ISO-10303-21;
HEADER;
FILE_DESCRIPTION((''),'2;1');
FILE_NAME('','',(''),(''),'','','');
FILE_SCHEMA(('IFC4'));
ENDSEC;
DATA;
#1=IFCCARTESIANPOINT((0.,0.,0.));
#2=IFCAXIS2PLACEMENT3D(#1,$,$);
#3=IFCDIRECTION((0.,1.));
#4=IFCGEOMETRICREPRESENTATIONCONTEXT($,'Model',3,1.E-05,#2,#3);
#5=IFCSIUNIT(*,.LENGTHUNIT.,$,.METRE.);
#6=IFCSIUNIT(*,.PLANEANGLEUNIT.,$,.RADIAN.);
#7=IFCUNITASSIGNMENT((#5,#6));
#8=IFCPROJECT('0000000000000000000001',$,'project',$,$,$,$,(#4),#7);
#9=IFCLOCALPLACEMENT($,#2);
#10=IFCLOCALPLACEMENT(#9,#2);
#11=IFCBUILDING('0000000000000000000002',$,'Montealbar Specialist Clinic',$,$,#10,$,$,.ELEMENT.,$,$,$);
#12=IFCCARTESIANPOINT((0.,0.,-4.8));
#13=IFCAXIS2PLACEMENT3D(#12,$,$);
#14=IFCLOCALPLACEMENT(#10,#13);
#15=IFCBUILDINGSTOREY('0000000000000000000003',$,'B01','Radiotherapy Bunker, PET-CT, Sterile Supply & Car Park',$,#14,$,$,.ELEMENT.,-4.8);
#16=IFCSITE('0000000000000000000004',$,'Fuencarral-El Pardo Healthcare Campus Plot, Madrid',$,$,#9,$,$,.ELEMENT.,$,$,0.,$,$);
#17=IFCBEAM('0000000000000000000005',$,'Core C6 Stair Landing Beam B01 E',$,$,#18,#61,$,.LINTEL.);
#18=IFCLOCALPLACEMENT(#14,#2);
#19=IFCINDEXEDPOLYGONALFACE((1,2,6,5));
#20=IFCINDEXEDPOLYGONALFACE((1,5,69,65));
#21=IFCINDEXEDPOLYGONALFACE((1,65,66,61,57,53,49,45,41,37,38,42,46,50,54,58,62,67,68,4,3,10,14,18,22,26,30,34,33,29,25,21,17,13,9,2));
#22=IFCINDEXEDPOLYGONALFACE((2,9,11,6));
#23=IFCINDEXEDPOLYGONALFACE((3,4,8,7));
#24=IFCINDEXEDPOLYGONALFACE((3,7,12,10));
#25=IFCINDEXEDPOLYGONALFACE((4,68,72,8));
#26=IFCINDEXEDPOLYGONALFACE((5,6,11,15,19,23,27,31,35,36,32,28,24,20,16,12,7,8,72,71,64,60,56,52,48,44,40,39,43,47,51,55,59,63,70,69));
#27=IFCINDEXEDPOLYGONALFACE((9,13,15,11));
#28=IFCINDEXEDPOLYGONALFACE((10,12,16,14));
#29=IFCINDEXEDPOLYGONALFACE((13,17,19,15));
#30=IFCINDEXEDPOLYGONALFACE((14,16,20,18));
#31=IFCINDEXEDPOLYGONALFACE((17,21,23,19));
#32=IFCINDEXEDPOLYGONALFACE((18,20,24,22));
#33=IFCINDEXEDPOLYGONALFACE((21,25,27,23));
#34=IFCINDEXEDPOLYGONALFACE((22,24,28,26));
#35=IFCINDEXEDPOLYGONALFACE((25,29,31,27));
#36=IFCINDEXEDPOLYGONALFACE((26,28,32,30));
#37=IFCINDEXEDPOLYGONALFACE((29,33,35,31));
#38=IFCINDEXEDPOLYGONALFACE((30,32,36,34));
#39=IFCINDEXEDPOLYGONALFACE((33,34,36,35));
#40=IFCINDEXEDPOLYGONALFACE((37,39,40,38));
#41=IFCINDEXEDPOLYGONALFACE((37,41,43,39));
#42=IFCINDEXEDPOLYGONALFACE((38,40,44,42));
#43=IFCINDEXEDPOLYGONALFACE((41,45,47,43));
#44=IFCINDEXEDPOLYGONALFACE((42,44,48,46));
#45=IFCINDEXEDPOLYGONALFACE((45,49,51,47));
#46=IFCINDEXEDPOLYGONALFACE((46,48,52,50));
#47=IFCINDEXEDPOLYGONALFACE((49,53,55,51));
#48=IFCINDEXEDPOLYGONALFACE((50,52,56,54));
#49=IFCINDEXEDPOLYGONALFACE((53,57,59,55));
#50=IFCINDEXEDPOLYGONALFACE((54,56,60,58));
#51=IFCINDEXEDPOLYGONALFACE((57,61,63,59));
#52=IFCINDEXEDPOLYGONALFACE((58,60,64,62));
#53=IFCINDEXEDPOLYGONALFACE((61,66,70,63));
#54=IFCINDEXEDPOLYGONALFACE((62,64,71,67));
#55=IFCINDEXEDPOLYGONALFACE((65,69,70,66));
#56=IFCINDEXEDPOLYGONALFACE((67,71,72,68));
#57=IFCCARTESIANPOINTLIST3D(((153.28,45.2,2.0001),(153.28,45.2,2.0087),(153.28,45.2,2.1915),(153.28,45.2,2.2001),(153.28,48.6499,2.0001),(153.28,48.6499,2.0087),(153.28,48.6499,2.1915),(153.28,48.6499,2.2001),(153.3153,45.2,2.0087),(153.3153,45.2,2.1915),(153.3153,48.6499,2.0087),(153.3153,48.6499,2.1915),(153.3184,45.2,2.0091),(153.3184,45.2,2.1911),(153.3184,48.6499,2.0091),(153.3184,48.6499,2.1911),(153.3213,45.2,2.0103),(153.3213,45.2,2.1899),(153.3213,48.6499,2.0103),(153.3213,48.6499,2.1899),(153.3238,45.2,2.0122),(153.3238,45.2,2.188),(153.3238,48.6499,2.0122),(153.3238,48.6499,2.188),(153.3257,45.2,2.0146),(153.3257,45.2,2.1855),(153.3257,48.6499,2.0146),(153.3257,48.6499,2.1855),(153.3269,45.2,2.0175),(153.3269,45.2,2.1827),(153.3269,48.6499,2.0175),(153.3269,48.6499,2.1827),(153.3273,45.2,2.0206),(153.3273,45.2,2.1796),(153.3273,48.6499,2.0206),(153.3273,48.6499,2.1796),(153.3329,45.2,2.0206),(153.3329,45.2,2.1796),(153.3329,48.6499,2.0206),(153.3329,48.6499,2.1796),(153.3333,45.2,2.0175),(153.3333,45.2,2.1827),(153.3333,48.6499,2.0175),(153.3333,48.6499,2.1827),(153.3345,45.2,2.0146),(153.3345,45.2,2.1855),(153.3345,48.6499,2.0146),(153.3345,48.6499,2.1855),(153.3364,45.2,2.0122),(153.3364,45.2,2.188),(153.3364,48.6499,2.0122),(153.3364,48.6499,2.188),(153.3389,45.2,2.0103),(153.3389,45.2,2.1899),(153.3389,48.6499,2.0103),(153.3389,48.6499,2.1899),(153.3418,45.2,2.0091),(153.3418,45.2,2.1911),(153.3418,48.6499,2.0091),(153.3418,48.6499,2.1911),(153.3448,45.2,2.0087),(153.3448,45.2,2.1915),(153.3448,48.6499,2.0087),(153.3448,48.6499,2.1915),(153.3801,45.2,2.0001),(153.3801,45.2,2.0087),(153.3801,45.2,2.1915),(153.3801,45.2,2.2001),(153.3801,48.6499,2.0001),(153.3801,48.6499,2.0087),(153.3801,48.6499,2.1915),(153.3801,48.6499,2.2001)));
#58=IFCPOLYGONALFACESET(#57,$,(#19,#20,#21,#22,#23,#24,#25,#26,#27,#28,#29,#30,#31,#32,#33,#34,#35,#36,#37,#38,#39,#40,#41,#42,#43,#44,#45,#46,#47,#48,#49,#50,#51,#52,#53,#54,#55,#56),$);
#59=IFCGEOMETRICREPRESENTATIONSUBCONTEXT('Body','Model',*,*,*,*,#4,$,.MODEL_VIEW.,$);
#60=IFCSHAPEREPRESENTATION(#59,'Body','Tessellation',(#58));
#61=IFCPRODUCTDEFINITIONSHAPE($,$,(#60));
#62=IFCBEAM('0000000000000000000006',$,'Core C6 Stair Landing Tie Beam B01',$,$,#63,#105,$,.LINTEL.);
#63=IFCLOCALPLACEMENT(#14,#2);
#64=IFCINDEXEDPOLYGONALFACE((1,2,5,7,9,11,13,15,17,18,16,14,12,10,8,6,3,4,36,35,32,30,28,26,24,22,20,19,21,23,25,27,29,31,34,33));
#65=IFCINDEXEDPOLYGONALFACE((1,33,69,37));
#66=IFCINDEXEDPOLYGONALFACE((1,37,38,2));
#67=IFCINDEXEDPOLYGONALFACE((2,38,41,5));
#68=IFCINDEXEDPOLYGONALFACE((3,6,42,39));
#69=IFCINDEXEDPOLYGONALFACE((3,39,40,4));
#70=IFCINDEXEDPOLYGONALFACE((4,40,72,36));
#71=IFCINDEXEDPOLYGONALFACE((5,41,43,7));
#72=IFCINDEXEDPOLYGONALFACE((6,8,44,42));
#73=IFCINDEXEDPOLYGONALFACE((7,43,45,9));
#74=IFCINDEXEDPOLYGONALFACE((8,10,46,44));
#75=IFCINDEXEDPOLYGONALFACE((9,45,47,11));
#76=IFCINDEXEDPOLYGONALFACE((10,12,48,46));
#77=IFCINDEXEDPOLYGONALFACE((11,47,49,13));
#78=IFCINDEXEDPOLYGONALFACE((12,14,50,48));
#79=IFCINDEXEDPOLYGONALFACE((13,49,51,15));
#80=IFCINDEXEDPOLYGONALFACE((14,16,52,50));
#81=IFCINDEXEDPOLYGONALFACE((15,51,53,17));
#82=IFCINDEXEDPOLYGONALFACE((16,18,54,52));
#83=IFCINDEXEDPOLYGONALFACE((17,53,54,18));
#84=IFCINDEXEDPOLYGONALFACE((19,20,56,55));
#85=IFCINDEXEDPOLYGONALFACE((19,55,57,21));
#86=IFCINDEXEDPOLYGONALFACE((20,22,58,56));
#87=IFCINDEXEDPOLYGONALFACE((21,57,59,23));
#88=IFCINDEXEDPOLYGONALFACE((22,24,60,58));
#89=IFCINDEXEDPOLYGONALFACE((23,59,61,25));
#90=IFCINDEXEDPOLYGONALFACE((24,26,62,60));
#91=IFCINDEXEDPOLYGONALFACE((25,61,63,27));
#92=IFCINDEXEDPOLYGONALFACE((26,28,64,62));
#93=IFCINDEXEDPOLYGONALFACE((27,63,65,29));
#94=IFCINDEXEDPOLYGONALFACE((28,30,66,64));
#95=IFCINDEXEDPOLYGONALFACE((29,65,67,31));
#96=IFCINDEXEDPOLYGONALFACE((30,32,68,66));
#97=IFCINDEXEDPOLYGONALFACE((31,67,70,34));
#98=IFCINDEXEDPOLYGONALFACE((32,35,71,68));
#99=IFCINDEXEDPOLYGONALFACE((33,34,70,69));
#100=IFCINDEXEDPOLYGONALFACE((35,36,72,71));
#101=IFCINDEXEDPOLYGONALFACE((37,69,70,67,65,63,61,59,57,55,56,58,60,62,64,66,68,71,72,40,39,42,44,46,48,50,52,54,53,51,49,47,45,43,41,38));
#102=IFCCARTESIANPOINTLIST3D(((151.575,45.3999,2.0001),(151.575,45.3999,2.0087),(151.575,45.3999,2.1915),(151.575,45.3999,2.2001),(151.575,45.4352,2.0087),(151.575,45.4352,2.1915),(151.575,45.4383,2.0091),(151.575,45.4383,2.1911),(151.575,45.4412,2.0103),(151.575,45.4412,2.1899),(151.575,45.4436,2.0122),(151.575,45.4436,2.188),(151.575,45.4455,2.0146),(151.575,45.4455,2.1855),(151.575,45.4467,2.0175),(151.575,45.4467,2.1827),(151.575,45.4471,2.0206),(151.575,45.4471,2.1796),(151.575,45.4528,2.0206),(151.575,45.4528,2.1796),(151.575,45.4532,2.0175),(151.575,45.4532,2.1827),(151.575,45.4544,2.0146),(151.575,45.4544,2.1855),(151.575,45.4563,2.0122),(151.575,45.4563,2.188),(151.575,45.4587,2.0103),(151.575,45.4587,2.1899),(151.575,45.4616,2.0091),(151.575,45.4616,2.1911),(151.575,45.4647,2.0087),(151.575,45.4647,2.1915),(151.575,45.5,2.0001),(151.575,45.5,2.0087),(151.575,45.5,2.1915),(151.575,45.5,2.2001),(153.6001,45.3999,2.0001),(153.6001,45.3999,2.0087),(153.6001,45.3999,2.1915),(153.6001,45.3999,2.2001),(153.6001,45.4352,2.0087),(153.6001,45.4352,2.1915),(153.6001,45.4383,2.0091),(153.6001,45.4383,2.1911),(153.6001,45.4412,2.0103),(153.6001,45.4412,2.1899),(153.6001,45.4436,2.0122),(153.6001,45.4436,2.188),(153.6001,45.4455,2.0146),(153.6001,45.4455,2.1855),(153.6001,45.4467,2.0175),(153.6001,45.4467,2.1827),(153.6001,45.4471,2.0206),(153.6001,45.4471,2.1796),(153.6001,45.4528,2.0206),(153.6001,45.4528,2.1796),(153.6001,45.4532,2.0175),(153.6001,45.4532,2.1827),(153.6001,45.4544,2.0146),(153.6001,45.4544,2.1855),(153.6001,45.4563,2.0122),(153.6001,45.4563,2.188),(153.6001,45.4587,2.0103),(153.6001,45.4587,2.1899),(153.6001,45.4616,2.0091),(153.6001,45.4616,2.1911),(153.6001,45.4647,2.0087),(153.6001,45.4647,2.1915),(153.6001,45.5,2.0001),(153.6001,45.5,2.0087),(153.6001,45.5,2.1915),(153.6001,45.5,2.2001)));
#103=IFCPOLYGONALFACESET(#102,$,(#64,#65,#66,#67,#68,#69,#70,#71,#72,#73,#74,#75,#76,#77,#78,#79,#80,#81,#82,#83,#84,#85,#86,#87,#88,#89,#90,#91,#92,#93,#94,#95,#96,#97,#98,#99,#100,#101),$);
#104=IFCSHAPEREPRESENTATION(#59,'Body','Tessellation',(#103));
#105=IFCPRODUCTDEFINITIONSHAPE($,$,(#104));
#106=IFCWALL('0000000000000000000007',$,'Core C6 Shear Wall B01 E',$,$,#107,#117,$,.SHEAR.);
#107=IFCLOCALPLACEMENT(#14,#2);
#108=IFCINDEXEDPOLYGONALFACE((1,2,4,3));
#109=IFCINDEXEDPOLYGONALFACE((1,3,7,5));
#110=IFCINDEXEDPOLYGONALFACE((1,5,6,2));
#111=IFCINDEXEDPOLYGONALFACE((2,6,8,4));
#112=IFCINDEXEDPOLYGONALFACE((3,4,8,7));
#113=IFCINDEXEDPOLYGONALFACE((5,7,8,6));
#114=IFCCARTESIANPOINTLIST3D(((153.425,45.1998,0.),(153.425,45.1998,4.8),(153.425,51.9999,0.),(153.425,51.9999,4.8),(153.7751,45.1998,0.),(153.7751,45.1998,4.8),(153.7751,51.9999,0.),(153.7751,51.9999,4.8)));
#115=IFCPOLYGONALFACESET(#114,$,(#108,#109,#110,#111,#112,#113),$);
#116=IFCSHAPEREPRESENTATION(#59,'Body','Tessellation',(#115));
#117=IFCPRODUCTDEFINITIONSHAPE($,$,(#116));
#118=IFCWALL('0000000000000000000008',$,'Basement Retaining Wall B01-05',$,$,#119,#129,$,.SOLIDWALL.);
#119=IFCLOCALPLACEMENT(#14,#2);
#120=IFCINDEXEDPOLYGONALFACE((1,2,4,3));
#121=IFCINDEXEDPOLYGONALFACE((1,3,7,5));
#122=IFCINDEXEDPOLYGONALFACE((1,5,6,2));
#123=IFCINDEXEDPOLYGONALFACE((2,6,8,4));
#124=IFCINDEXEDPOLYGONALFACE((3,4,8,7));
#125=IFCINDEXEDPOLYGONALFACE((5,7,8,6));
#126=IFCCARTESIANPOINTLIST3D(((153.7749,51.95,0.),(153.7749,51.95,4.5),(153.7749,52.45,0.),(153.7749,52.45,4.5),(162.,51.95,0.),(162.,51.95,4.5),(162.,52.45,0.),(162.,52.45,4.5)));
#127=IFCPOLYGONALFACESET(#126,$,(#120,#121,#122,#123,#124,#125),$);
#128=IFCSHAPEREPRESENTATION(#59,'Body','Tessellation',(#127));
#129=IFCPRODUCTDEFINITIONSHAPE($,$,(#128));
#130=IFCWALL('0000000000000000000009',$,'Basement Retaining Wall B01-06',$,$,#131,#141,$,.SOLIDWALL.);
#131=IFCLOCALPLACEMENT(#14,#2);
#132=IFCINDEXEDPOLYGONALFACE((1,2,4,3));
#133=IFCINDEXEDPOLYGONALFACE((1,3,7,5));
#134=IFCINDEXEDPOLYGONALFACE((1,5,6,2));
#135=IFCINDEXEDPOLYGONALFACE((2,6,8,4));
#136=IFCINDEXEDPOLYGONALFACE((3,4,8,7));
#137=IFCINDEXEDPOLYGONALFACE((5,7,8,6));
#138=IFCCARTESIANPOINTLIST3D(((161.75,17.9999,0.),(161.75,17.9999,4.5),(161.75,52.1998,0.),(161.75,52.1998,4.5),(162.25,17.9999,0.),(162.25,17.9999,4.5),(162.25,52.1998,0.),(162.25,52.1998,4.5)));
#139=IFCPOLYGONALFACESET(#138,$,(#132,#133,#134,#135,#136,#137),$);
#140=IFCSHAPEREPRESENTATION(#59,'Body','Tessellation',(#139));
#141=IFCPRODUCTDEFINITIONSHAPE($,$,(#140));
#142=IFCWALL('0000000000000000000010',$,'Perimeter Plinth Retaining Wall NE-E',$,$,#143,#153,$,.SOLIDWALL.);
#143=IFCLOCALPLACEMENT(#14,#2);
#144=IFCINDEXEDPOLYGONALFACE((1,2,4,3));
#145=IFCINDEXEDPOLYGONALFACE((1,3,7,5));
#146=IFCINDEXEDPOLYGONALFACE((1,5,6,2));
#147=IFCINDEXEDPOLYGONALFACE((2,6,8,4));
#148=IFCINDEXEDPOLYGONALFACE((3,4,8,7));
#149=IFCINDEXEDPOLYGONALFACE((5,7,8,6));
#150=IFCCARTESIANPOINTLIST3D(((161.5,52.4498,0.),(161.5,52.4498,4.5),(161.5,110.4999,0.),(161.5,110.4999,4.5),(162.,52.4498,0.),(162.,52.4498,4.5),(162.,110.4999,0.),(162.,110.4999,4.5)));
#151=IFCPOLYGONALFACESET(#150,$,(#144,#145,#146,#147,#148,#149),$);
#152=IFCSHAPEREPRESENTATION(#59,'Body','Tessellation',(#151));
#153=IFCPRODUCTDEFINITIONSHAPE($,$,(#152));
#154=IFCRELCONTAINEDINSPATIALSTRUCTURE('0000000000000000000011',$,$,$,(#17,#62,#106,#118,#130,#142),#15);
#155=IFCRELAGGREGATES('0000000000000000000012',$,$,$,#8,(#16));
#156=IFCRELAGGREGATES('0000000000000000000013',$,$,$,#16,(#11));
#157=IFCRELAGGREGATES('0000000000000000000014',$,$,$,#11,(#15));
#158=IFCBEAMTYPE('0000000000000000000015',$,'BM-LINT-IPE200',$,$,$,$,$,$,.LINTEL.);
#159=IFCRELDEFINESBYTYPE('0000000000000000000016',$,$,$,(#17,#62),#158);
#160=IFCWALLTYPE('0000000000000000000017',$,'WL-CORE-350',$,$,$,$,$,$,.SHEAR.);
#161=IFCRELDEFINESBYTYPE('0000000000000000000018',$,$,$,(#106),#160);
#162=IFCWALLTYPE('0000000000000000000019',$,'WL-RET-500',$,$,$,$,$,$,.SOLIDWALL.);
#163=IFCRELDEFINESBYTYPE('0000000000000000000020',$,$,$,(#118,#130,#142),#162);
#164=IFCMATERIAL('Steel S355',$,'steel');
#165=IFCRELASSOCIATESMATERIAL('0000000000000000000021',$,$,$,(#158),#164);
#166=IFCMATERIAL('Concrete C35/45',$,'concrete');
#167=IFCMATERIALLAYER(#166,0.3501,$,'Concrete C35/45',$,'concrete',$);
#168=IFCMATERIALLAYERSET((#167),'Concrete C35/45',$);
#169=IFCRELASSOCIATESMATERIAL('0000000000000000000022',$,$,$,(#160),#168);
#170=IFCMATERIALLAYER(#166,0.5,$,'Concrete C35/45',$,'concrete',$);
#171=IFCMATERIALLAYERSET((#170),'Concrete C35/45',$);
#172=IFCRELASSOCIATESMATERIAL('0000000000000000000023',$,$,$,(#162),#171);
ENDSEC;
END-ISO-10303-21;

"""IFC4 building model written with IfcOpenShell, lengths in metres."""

from ifc_helpers import new_model, si_unit, direction, frame, frame_2d, origin, origin_2d, place, context, subcontext, project, spatial, rectangle, i_section, extrude, material, layer, layer_set, material_profile, profile_set, type_object, element, save


model = new_model("IFC4")

# Units and contexts
model_context = context("Model", 3, precision=1e-05, world=origin(), true_north=direction((0.0, 1.0)))
body_context = subcontext(model_context, "Body", "Model", "MODEL_VIEW")
ifc_project = project(units=[si_unit("LENGTHUNIT", "METRE"), si_unit("PLANEANGLEUNIT", "RADIAN")], contexts=[model_context])

# Site, building, storey
site_placement = place(None, origin())
site = spatial("IfcSite", under=ifc_project, at=site_placement, Name="Fuencarral-El Pardo Healthcare Campus Plot, Madrid", CompositionType="ELEMENT", RefElevation=0.0)
building_placement = place(site_placement, origin())
building = spatial("IfcBuilding", under=site, at=building_placement, Name="Montealbar Specialist Clinic", CompositionType="ELEMENT")
storey_placement = place(building_placement, frame((0.0, 0.0, -4.8)))
storey = spatial("IfcBuildingStorey", under=building, at=storey_placement, Name="B01", Description="Radiotherapy Bunker, PET-CT, Sterile Supply & Car Park", CompositionType="ELEMENT", Elevation=-4.8)

# Shared definitions
ifc_material_1 = material(Name="Concrete C35/45", Category="concrete")

# Shared definitions
ifc_material_2 = material(Name="Steel S355", Category="steel")

# Beams
ifc_material_profile_1 = material_profile(ifc_material_2, i_section(OverallWidth=0.1001, OverallDepth=0.2, WebThickness=0.0056, FlangeThickness=0.0085, FilletRadius=0.012, at=origin_2d()), Name="IPE 200", Category="steel")
ifc_profile_set_1 = profile_set([ifc_material_profile_1], Name="Steel S355")
beam_type_1 = type_object("IfcBeamType", Name="BM-LINT-IPE200", PredefinedType="LINTEL", material=ifc_profile_set_1)
for number, where, z_axis, x_axis, name in (
    (1, (153.3301, 45.2, 2.1001), (0.0, 1.0, 0.0), (-1.0, 0.0, 0.0), "Core C6 Stair Landing Beam B01 E"),
):
    element("IfcBeam", number, at=place(storey_placement, frame(where, z_axis=z_axis, x_axis=x_axis)), inside=storey, type_object=beam_type_1, Name=name, PredefinedType="LINTEL", context=body_context, shape_type="SweptSolid", body=[
        extrude(i_section(OverallWidth=0.1001, OverallDepth=0.2, WebThickness=0.0056, FlangeThickness=0.0085, FilletRadius=0.012, at=origin_2d()), origin(), (0.0, 0.0, 1.0), 3.45),
    ])
beam_1_placement = place(storey_placement, frame((151.575, 45.45, 2.1001), z_axis=(1.0, 0.0, 0.0), x_axis=(0.0, 1.0, 0.0)))
element("IfcBeam", 2, at=beam_1_placement, inside=storey, type_object=beam_type_1, Name="Core C6 Stair Landing Tie Beam B01", PredefinedType="LINTEL", context=body_context, shape_type="SweptSolid", body=[
    extrude(i_section(OverallWidth=0.1001, OverallDepth=0.2, WebThickness=0.0056, FlangeThickness=0.0085, FilletRadius=0.012, at=origin_2d()), origin(), (0.0, 0.0, 1.0), 2.0251),
])

# Walls
ifc_layer_1 = layer(ifc_material_1, 0.3501, Name="Concrete C35/45", Category="concrete")
ifc_layer_set_1 = layer_set([ifc_layer_1], Name="Concrete C35/45")
wall_type_1 = type_object("IfcWallType", Name="WL-CORE-350", PredefinedType="SHEAR", material=ifc_layer_set_1)
wall_1_placement = place(storey_placement, frame((153.6001, 45.2, 0.0), z_axis=(0.0, 0.0, 1.0), x_axis=(0.0, 1.0, 0.0)))
element("IfcWall", 3, at=wall_1_placement, inside=storey, type_object=wall_type_1, Name="Core C6 Shear Wall B01 E", PredefinedType="SHEAR", context=body_context, shape_type="SweptSolid", body=[
    extrude(rectangle(XDim=6.8, YDim=0.3501, at=frame_2d((3.3999, 0.0))), origin(), (0.0, 0.0, 1.0), 4.8),
])
ifc_layer_2 = layer(ifc_material_1, 0.5, Name="Concrete C35/45", Category="concrete")
ifc_layer_set_2 = layer_set([ifc_layer_2], Name="Concrete C35/45")
wall_type_2 = type_object("IfcWallType", Name="WL-RET-500", PredefinedType="SOLIDWALL", material=ifc_layer_set_2)
wall_2_placement = place(storey_placement, frame((153.7749, 52.2, 0.0), z_axis=(0.0, 0.0, 1.0), x_axis=(1.0, 0.0, 0.0)))
element("IfcWall", 4, at=wall_2_placement, inside=storey, type_object=wall_type_2, Name="Basement Retaining Wall B01-05", PredefinedType="SOLIDWALL", context=body_context, shape_type="SweptSolid", body=[
    extrude(rectangle(XDim=8.2251, YDim=0.5, at=frame_2d((4.1125, 0.0))), origin(), (0.0, 0.0, 1.0), 4.5),
])
wall_3_placement = place(storey_placement, frame((162.0, 52.2, 0.0), z_axis=(0.0, 0.0, 1.0), x_axis=(0.0, -1.0, 0.0)))
element("IfcWall", 5, at=wall_3_placement, inside=storey, type_object=wall_type_2, Name="Basement Retaining Wall B01-06", PredefinedType="SOLIDWALL", context=body_context, shape_type="SweptSolid", body=[
    extrude(rectangle(XDim=34.2, YDim=0.5, at=frame_2d((17.1001, 0.0))), origin(), (0.0, 0.0, 1.0), 4.5),
])
wall_4_placement = place(storey_placement, frame((161.75, 52.45, 0.0), z_axis=(0.0, 0.0, 1.0), x_axis=(0.0, 1.0, 0.0)))
element("IfcWall", 6, at=wall_4_placement, inside=storey, type_object=wall_type_2, Name="Perimeter Plinth Retaining Wall NE-E", PredefinedType="SOLIDWALL", context=body_context, shape_type="SweptSolid", body=[
    extrude(rectangle(XDim=58.05, YDim=0.5, at=frame_2d((29.0249, 0.0))), origin(), (0.0, 0.0, 1.0), 4.5),
])

save(model, "model.ifc")
